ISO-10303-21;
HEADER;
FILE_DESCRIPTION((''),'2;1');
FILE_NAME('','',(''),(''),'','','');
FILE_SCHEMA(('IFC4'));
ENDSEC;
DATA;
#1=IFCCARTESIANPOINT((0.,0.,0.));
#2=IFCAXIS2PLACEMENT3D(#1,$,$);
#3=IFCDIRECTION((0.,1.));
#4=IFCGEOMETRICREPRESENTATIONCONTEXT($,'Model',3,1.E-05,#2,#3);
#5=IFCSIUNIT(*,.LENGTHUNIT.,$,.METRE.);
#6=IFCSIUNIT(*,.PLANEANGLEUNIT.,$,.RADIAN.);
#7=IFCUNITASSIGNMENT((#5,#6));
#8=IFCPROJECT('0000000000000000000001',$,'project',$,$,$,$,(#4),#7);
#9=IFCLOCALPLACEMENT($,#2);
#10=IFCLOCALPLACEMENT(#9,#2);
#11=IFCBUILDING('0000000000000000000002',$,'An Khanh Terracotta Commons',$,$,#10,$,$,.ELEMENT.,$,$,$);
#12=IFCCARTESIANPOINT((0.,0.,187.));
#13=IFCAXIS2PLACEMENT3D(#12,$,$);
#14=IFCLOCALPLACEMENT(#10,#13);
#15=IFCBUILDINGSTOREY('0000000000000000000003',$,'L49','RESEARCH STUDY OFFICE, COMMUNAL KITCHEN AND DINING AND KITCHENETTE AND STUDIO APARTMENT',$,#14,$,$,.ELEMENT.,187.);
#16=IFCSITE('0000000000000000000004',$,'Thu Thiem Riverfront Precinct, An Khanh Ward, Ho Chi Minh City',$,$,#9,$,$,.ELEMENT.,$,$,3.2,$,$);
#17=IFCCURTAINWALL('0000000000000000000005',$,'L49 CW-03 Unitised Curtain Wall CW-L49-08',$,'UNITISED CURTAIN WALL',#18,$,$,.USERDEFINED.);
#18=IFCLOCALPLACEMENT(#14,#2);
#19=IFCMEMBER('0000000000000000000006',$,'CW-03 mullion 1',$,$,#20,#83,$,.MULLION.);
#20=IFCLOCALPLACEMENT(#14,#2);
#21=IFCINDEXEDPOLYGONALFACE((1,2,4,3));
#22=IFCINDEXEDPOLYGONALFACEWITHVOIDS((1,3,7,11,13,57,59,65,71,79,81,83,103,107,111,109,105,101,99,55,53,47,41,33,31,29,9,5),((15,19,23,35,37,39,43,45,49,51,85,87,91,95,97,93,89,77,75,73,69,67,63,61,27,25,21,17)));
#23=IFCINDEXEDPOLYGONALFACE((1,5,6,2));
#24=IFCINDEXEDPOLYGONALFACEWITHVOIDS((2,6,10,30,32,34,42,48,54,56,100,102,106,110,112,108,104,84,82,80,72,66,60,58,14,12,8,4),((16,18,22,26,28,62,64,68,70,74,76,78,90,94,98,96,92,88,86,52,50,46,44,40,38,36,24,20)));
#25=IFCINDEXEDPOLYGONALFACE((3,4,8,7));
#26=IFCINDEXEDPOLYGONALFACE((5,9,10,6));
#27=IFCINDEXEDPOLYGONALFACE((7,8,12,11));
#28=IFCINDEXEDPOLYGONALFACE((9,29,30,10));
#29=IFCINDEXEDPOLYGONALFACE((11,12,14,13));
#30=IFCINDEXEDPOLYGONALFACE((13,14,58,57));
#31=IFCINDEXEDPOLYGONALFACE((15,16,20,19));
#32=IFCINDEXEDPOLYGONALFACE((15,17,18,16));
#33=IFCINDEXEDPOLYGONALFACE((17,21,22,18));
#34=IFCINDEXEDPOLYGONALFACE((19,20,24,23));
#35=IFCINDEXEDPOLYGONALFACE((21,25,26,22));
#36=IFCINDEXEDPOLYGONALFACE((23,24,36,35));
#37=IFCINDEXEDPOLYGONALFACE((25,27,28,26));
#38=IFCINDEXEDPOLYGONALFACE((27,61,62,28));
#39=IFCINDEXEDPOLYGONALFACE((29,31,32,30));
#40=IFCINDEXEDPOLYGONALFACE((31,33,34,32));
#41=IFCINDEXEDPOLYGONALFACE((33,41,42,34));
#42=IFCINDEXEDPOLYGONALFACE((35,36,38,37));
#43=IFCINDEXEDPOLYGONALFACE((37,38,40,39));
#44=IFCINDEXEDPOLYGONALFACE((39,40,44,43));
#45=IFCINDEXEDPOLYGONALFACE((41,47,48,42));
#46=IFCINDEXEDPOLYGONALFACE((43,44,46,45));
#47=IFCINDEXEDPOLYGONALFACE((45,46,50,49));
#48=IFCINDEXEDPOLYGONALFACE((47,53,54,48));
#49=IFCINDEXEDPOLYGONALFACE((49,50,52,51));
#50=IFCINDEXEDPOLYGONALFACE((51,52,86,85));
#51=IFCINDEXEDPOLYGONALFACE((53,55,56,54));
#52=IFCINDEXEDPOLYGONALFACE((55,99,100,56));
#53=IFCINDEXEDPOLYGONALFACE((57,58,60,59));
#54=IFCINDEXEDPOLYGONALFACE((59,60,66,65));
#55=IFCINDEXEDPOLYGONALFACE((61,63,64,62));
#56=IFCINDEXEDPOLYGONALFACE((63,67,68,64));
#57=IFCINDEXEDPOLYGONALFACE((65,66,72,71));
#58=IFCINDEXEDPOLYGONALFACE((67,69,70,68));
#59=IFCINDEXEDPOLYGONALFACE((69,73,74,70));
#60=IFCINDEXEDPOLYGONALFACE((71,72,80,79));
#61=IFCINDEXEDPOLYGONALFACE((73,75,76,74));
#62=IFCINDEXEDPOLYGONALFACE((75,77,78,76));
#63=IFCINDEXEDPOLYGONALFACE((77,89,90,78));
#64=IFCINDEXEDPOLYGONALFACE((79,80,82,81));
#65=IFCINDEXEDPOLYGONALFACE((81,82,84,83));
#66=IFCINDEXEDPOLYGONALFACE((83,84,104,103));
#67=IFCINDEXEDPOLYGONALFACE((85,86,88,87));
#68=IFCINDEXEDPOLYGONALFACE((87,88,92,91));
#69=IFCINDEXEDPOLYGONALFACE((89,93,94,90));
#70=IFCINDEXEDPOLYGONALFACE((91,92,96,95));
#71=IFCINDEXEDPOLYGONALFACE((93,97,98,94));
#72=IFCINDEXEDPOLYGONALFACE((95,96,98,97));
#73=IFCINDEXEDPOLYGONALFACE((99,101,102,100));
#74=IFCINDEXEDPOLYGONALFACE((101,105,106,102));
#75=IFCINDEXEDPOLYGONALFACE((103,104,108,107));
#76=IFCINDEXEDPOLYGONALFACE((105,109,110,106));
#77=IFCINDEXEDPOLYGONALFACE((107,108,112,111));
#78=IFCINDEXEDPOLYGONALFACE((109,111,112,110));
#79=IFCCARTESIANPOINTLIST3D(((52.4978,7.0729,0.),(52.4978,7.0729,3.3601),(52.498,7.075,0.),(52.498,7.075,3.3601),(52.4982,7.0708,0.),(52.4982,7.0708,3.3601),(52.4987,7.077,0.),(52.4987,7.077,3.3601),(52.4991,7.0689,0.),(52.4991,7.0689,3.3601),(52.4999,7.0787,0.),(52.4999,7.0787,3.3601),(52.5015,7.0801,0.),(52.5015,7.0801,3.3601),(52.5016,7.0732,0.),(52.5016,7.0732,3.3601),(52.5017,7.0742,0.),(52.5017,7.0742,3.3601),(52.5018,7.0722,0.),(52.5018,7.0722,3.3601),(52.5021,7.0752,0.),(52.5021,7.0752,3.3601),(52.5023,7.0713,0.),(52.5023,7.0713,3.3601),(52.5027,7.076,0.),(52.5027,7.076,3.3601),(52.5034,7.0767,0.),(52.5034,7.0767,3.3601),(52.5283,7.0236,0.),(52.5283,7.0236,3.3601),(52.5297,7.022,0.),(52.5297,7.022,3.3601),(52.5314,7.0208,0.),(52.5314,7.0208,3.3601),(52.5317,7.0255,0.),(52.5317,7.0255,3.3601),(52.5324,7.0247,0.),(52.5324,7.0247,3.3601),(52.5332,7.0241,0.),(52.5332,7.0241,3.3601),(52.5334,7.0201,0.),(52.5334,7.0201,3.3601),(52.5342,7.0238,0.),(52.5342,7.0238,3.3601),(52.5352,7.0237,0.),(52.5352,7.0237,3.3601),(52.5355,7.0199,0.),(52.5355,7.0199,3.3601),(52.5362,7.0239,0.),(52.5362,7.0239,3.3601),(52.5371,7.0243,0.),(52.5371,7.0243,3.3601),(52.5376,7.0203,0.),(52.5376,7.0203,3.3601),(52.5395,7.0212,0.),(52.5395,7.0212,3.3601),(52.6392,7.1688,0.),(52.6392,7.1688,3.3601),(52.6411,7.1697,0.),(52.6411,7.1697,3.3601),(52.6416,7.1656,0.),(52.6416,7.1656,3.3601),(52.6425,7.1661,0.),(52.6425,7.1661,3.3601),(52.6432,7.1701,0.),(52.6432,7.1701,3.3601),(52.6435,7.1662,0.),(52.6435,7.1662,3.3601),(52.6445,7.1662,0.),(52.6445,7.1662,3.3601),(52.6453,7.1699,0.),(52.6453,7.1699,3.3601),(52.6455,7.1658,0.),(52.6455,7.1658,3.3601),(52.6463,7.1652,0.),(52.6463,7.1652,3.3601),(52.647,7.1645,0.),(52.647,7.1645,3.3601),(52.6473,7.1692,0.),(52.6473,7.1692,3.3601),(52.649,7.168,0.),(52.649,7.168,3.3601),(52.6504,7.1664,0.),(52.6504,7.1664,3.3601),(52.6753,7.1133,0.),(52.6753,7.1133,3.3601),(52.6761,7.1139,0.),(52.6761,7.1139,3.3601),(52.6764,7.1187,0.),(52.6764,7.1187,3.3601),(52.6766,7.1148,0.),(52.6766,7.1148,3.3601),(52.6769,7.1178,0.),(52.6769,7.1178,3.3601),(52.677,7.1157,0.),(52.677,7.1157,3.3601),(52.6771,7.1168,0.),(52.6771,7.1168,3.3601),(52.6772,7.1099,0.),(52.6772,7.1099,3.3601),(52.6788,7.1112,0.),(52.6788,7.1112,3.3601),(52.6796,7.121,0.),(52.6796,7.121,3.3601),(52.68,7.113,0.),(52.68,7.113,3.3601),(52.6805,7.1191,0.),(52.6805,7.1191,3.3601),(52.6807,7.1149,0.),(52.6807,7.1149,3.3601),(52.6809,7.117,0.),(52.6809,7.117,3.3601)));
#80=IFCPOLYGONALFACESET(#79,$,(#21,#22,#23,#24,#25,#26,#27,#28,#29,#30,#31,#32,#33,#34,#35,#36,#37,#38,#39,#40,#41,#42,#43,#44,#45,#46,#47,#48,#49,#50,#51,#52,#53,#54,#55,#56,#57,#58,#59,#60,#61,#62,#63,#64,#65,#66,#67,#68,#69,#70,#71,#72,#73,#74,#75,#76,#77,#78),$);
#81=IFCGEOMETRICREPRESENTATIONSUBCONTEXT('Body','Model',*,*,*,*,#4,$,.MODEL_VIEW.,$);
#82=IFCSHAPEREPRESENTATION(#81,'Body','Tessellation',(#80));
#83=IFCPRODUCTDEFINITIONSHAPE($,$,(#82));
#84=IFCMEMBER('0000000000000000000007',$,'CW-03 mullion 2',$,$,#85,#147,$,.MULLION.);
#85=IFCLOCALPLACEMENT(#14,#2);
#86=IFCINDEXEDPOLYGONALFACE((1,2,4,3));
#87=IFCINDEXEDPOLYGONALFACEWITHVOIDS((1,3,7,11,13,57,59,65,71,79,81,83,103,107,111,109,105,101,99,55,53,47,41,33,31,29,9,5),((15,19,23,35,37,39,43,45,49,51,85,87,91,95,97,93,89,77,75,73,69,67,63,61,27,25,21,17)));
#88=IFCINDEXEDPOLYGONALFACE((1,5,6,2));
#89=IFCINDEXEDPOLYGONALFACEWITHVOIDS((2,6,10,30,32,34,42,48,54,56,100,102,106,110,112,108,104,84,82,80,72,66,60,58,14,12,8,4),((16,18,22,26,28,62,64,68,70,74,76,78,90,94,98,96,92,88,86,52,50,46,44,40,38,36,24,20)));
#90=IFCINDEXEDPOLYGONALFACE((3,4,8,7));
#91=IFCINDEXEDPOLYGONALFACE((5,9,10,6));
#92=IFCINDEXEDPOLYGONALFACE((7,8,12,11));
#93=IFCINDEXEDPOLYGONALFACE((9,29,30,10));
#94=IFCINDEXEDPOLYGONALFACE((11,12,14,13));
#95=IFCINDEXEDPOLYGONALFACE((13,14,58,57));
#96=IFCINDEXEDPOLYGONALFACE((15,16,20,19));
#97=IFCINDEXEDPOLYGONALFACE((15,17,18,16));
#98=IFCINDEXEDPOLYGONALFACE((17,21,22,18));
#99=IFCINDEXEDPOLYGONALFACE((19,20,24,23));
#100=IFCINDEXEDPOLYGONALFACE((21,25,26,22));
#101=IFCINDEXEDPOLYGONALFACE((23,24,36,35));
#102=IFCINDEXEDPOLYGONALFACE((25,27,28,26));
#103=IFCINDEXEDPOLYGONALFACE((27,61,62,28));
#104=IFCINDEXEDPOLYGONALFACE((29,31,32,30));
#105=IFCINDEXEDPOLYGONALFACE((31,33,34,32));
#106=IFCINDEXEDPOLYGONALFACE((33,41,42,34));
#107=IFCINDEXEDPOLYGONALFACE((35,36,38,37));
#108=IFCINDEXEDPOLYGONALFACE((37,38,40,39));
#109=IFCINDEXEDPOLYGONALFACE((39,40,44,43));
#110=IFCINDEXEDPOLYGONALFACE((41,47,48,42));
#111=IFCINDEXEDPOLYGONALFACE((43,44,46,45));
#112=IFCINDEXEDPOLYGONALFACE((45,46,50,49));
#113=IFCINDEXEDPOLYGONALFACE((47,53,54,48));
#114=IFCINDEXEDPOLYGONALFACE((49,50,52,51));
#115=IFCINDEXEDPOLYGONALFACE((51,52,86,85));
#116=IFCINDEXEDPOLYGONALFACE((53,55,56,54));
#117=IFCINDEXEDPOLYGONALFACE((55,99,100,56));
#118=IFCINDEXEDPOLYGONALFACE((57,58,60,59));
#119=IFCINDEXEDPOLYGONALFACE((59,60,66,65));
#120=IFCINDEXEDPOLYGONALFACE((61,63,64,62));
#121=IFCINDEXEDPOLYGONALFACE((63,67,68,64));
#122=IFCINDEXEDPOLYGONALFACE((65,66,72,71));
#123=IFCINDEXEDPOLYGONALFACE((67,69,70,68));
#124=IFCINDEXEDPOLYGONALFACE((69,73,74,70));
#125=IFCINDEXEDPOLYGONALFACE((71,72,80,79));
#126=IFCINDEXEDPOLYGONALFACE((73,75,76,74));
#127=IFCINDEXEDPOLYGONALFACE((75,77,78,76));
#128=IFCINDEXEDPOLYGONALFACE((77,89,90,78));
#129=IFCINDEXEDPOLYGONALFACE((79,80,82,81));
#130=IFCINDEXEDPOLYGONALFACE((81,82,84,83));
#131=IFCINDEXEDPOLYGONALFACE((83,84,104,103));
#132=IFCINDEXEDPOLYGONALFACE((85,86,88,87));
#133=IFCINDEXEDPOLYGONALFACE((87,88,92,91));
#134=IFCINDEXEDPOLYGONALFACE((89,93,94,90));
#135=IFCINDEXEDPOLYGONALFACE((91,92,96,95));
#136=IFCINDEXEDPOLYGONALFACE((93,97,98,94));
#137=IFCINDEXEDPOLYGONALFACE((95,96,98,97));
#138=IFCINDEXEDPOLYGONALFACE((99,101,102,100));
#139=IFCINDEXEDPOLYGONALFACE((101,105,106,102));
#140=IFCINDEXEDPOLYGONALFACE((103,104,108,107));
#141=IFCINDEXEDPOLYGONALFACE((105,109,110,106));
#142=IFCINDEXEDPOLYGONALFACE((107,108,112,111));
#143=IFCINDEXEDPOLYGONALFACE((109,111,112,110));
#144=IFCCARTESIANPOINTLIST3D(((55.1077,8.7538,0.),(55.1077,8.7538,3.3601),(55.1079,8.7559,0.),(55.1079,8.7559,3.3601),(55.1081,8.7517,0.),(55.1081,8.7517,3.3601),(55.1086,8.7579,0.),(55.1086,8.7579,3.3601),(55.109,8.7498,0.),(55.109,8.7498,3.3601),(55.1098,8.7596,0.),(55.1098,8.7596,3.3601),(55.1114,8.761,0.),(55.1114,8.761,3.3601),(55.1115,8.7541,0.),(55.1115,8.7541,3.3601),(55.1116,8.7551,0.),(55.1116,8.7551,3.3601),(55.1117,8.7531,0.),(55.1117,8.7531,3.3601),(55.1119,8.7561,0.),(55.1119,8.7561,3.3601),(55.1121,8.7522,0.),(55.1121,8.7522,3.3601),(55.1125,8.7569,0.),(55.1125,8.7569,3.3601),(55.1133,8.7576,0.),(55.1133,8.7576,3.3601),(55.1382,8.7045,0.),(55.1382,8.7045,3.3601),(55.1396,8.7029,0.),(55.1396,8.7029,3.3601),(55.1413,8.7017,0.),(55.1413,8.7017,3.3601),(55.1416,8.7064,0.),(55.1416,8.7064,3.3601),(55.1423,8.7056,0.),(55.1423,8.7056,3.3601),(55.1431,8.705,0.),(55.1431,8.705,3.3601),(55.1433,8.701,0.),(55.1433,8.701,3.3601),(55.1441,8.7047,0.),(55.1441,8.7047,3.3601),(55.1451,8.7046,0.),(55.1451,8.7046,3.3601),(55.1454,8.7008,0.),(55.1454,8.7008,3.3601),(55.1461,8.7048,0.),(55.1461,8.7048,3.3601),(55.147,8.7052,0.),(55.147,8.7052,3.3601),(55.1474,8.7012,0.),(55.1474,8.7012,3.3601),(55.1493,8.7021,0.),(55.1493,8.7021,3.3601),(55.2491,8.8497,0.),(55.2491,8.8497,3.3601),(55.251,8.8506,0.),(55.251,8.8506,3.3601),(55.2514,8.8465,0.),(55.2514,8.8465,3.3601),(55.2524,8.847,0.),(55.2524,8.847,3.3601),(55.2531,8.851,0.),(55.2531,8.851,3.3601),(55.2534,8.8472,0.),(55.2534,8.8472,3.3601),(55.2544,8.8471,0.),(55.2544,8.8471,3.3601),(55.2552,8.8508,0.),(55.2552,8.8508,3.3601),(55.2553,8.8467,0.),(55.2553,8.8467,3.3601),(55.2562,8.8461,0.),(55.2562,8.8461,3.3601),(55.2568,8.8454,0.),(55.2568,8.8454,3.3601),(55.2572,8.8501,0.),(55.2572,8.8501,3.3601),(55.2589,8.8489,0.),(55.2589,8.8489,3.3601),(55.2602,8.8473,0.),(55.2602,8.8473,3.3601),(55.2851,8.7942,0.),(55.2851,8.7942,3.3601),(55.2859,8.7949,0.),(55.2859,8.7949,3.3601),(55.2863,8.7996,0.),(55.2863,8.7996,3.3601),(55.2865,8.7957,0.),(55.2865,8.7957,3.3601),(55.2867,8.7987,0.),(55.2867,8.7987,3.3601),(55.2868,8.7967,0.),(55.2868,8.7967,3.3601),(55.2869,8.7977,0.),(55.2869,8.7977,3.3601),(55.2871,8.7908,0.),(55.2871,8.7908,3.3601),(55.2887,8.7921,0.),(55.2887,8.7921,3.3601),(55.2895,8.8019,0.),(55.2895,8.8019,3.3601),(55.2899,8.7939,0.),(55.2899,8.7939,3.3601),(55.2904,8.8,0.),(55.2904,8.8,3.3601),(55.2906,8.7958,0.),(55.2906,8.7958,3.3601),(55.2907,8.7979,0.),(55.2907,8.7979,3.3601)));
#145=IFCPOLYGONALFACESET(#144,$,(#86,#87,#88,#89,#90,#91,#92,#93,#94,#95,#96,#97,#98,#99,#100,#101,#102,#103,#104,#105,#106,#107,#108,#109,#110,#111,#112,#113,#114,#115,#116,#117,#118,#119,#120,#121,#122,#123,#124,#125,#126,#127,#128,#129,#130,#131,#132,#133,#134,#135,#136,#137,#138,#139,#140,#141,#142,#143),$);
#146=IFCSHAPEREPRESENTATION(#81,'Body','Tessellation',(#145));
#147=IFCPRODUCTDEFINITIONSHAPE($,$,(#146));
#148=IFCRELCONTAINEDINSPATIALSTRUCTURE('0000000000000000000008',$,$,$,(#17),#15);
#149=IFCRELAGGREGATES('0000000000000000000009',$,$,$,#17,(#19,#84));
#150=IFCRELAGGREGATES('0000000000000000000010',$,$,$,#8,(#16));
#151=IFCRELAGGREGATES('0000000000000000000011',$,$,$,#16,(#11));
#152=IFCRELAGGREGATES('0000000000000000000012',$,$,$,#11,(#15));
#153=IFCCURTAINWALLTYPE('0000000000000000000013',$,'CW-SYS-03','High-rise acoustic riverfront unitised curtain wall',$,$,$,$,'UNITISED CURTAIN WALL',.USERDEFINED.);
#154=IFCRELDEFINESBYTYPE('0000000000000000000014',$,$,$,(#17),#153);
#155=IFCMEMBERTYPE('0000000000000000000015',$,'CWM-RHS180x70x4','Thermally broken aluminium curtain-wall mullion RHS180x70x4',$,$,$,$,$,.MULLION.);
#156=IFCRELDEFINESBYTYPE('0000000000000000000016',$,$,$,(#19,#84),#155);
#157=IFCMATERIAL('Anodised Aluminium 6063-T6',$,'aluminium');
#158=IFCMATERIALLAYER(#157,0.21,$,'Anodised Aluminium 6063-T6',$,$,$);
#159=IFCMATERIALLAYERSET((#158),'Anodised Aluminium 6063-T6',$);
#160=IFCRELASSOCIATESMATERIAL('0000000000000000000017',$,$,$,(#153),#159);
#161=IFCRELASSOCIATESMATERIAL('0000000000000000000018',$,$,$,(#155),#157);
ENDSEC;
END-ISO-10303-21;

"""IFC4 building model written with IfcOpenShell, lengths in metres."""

from ifc_helpers import new_model, si_unit, direction, frame, origin, origin_2d, place, context, subcontext, project, spatial, hollow_rectangle, extrude, material, layer, layer_set, material_profile, profile_set, type_object, element, aggregate, save


model = new_model("IFC4")

# Units and contexts
model_context = context("Model", 3, precision=1e-05, world=origin(), true_north=direction((0.0, 1.0)))
body_context = subcontext(model_context, "Body", "Model", "MODEL_VIEW")
ifc_project = project(units=[si_unit("LENGTHUNIT", "METRE"), si_unit("PLANEANGLEUNIT", "RADIAN")], contexts=[model_context])

# Site, building, storey
site_placement = place(None, origin())
site = spatial("IfcSite", under=ifc_project, at=site_placement, Name="Thu Thiem Riverfront Precinct, An Khanh Ward, Ho Chi Minh City", CompositionType="ELEMENT", RefElevation=3.2)
building_placement = place(site_placement, origin())
building = spatial("IfcBuilding", under=site, at=building_placement, Name="An Khanh Terracotta Commons", CompositionType="ELEMENT")
storey_placement = place(building_placement, frame((0.0, 0.0, 187.0)))
storey = spatial("IfcBuildingStorey", under=building, at=storey_placement, Name="L49", Description="RESEARCH STUDY OFFICE, COMMUNAL KITCHEN AND DINING AND KITCHENETTE AND STUDIO APARTMENT", CompositionType="ELEMENT", Elevation=187.0)

# Curtain wall, members
ifc_material_1 = material(Name="Anodised Aluminium 6063-T6", Category="aluminium")
ifc_layer_1 = layer(ifc_material_1, 0.21, Name="Anodised Aluminium 6063-T6")
ifc_layer_set_1 = layer_set([ifc_layer_1], Name="Anodised Aluminium 6063-T6")
curtain_wall_type = type_object("IfcCurtainWallType", Name="CW-SYS-03", Description="High-rise acoustic riverfront unitised curtain wall", ElementType="UNITISED CURTAIN WALL", PredefinedType="USERDEFINED", material=ifc_layer_set_1)
curtain_wall_placement = place(storey_placement, origin())
curtain_wall = element("IfcCurtainWall", 1, at=curtain_wall_placement, inside=storey, type_object=curtain_wall_type, Name="L49 CW-03 Unitised Curtain Wall CW-L49-08", ObjectType="UNITISED CURTAIN WALL", PredefinedType="USERDEFINED")
ifc_material_profile_1 = material_profile(ifc_material_1, hollow_rectangle(XDim=0.0701, YDim=0.1799, WallThickness=0.0039, InnerFilletRadius=0.0039, OuterFilletRadius=0.0081, at=origin_2d()), Name="RHS180x70x4")
ifc_profile_set_1 = profile_set([ifc_material_profile_1], Name="Anodised Aluminium 6063-T6")
member_type_1 = type_object("IfcMemberType", Name="CWM-RHS180x70x4", Description="Thermally broken aluminium curtain-wall mullion RHS180x70x4", PredefinedType="MULLION", material=ifc_profile_set_1)
member_1_placement = place(storey_placement, frame((52.5894, 7.095, 0.0), z_axis=(0.0, 0.0, 1.0), x_axis=(-0.541498, 0.840702, 0.0)))
member_1 = element("IfcMember", 2, at=member_1_placement, type_object=member_type_1, Name="CW-03 mullion 1", PredefinedType="MULLION", context=body_context, shape_type="SweptSolid", body=[
    extrude(hollow_rectangle(XDim=0.0701, YDim=0.1799, WallThickness=0.0039, InnerFilletRadius=0.0039, OuterFilletRadius=0.0081, at=origin_2d()), origin(), (0.0, 0.0, 1.0), 3.3601),
])
member_2_placement = place(storey_placement, frame((55.1992, 8.7759, 0.0), z_axis=(0.0, 0.0, 1.0), x_axis=(-0.541498, 0.840702, 0.0)))
member_2 = element("IfcMember", 3, at=member_2_placement, type_object=member_type_1, Name="CW-03 mullion 2", PredefinedType="MULLION", context=body_context, shape_type="SweptSolid", body=[
    extrude(hollow_rectangle(XDim=0.0701, YDim=0.1799, WallThickness=0.0039, InnerFilletRadius=0.0039, OuterFilletRadius=0.0081, at=origin_2d()), origin(), (0.0, 0.0, 1.0), 3.3601),
])
aggregate(curtain_wall, [member_1, member_2])

save(model, "model.ifc")
